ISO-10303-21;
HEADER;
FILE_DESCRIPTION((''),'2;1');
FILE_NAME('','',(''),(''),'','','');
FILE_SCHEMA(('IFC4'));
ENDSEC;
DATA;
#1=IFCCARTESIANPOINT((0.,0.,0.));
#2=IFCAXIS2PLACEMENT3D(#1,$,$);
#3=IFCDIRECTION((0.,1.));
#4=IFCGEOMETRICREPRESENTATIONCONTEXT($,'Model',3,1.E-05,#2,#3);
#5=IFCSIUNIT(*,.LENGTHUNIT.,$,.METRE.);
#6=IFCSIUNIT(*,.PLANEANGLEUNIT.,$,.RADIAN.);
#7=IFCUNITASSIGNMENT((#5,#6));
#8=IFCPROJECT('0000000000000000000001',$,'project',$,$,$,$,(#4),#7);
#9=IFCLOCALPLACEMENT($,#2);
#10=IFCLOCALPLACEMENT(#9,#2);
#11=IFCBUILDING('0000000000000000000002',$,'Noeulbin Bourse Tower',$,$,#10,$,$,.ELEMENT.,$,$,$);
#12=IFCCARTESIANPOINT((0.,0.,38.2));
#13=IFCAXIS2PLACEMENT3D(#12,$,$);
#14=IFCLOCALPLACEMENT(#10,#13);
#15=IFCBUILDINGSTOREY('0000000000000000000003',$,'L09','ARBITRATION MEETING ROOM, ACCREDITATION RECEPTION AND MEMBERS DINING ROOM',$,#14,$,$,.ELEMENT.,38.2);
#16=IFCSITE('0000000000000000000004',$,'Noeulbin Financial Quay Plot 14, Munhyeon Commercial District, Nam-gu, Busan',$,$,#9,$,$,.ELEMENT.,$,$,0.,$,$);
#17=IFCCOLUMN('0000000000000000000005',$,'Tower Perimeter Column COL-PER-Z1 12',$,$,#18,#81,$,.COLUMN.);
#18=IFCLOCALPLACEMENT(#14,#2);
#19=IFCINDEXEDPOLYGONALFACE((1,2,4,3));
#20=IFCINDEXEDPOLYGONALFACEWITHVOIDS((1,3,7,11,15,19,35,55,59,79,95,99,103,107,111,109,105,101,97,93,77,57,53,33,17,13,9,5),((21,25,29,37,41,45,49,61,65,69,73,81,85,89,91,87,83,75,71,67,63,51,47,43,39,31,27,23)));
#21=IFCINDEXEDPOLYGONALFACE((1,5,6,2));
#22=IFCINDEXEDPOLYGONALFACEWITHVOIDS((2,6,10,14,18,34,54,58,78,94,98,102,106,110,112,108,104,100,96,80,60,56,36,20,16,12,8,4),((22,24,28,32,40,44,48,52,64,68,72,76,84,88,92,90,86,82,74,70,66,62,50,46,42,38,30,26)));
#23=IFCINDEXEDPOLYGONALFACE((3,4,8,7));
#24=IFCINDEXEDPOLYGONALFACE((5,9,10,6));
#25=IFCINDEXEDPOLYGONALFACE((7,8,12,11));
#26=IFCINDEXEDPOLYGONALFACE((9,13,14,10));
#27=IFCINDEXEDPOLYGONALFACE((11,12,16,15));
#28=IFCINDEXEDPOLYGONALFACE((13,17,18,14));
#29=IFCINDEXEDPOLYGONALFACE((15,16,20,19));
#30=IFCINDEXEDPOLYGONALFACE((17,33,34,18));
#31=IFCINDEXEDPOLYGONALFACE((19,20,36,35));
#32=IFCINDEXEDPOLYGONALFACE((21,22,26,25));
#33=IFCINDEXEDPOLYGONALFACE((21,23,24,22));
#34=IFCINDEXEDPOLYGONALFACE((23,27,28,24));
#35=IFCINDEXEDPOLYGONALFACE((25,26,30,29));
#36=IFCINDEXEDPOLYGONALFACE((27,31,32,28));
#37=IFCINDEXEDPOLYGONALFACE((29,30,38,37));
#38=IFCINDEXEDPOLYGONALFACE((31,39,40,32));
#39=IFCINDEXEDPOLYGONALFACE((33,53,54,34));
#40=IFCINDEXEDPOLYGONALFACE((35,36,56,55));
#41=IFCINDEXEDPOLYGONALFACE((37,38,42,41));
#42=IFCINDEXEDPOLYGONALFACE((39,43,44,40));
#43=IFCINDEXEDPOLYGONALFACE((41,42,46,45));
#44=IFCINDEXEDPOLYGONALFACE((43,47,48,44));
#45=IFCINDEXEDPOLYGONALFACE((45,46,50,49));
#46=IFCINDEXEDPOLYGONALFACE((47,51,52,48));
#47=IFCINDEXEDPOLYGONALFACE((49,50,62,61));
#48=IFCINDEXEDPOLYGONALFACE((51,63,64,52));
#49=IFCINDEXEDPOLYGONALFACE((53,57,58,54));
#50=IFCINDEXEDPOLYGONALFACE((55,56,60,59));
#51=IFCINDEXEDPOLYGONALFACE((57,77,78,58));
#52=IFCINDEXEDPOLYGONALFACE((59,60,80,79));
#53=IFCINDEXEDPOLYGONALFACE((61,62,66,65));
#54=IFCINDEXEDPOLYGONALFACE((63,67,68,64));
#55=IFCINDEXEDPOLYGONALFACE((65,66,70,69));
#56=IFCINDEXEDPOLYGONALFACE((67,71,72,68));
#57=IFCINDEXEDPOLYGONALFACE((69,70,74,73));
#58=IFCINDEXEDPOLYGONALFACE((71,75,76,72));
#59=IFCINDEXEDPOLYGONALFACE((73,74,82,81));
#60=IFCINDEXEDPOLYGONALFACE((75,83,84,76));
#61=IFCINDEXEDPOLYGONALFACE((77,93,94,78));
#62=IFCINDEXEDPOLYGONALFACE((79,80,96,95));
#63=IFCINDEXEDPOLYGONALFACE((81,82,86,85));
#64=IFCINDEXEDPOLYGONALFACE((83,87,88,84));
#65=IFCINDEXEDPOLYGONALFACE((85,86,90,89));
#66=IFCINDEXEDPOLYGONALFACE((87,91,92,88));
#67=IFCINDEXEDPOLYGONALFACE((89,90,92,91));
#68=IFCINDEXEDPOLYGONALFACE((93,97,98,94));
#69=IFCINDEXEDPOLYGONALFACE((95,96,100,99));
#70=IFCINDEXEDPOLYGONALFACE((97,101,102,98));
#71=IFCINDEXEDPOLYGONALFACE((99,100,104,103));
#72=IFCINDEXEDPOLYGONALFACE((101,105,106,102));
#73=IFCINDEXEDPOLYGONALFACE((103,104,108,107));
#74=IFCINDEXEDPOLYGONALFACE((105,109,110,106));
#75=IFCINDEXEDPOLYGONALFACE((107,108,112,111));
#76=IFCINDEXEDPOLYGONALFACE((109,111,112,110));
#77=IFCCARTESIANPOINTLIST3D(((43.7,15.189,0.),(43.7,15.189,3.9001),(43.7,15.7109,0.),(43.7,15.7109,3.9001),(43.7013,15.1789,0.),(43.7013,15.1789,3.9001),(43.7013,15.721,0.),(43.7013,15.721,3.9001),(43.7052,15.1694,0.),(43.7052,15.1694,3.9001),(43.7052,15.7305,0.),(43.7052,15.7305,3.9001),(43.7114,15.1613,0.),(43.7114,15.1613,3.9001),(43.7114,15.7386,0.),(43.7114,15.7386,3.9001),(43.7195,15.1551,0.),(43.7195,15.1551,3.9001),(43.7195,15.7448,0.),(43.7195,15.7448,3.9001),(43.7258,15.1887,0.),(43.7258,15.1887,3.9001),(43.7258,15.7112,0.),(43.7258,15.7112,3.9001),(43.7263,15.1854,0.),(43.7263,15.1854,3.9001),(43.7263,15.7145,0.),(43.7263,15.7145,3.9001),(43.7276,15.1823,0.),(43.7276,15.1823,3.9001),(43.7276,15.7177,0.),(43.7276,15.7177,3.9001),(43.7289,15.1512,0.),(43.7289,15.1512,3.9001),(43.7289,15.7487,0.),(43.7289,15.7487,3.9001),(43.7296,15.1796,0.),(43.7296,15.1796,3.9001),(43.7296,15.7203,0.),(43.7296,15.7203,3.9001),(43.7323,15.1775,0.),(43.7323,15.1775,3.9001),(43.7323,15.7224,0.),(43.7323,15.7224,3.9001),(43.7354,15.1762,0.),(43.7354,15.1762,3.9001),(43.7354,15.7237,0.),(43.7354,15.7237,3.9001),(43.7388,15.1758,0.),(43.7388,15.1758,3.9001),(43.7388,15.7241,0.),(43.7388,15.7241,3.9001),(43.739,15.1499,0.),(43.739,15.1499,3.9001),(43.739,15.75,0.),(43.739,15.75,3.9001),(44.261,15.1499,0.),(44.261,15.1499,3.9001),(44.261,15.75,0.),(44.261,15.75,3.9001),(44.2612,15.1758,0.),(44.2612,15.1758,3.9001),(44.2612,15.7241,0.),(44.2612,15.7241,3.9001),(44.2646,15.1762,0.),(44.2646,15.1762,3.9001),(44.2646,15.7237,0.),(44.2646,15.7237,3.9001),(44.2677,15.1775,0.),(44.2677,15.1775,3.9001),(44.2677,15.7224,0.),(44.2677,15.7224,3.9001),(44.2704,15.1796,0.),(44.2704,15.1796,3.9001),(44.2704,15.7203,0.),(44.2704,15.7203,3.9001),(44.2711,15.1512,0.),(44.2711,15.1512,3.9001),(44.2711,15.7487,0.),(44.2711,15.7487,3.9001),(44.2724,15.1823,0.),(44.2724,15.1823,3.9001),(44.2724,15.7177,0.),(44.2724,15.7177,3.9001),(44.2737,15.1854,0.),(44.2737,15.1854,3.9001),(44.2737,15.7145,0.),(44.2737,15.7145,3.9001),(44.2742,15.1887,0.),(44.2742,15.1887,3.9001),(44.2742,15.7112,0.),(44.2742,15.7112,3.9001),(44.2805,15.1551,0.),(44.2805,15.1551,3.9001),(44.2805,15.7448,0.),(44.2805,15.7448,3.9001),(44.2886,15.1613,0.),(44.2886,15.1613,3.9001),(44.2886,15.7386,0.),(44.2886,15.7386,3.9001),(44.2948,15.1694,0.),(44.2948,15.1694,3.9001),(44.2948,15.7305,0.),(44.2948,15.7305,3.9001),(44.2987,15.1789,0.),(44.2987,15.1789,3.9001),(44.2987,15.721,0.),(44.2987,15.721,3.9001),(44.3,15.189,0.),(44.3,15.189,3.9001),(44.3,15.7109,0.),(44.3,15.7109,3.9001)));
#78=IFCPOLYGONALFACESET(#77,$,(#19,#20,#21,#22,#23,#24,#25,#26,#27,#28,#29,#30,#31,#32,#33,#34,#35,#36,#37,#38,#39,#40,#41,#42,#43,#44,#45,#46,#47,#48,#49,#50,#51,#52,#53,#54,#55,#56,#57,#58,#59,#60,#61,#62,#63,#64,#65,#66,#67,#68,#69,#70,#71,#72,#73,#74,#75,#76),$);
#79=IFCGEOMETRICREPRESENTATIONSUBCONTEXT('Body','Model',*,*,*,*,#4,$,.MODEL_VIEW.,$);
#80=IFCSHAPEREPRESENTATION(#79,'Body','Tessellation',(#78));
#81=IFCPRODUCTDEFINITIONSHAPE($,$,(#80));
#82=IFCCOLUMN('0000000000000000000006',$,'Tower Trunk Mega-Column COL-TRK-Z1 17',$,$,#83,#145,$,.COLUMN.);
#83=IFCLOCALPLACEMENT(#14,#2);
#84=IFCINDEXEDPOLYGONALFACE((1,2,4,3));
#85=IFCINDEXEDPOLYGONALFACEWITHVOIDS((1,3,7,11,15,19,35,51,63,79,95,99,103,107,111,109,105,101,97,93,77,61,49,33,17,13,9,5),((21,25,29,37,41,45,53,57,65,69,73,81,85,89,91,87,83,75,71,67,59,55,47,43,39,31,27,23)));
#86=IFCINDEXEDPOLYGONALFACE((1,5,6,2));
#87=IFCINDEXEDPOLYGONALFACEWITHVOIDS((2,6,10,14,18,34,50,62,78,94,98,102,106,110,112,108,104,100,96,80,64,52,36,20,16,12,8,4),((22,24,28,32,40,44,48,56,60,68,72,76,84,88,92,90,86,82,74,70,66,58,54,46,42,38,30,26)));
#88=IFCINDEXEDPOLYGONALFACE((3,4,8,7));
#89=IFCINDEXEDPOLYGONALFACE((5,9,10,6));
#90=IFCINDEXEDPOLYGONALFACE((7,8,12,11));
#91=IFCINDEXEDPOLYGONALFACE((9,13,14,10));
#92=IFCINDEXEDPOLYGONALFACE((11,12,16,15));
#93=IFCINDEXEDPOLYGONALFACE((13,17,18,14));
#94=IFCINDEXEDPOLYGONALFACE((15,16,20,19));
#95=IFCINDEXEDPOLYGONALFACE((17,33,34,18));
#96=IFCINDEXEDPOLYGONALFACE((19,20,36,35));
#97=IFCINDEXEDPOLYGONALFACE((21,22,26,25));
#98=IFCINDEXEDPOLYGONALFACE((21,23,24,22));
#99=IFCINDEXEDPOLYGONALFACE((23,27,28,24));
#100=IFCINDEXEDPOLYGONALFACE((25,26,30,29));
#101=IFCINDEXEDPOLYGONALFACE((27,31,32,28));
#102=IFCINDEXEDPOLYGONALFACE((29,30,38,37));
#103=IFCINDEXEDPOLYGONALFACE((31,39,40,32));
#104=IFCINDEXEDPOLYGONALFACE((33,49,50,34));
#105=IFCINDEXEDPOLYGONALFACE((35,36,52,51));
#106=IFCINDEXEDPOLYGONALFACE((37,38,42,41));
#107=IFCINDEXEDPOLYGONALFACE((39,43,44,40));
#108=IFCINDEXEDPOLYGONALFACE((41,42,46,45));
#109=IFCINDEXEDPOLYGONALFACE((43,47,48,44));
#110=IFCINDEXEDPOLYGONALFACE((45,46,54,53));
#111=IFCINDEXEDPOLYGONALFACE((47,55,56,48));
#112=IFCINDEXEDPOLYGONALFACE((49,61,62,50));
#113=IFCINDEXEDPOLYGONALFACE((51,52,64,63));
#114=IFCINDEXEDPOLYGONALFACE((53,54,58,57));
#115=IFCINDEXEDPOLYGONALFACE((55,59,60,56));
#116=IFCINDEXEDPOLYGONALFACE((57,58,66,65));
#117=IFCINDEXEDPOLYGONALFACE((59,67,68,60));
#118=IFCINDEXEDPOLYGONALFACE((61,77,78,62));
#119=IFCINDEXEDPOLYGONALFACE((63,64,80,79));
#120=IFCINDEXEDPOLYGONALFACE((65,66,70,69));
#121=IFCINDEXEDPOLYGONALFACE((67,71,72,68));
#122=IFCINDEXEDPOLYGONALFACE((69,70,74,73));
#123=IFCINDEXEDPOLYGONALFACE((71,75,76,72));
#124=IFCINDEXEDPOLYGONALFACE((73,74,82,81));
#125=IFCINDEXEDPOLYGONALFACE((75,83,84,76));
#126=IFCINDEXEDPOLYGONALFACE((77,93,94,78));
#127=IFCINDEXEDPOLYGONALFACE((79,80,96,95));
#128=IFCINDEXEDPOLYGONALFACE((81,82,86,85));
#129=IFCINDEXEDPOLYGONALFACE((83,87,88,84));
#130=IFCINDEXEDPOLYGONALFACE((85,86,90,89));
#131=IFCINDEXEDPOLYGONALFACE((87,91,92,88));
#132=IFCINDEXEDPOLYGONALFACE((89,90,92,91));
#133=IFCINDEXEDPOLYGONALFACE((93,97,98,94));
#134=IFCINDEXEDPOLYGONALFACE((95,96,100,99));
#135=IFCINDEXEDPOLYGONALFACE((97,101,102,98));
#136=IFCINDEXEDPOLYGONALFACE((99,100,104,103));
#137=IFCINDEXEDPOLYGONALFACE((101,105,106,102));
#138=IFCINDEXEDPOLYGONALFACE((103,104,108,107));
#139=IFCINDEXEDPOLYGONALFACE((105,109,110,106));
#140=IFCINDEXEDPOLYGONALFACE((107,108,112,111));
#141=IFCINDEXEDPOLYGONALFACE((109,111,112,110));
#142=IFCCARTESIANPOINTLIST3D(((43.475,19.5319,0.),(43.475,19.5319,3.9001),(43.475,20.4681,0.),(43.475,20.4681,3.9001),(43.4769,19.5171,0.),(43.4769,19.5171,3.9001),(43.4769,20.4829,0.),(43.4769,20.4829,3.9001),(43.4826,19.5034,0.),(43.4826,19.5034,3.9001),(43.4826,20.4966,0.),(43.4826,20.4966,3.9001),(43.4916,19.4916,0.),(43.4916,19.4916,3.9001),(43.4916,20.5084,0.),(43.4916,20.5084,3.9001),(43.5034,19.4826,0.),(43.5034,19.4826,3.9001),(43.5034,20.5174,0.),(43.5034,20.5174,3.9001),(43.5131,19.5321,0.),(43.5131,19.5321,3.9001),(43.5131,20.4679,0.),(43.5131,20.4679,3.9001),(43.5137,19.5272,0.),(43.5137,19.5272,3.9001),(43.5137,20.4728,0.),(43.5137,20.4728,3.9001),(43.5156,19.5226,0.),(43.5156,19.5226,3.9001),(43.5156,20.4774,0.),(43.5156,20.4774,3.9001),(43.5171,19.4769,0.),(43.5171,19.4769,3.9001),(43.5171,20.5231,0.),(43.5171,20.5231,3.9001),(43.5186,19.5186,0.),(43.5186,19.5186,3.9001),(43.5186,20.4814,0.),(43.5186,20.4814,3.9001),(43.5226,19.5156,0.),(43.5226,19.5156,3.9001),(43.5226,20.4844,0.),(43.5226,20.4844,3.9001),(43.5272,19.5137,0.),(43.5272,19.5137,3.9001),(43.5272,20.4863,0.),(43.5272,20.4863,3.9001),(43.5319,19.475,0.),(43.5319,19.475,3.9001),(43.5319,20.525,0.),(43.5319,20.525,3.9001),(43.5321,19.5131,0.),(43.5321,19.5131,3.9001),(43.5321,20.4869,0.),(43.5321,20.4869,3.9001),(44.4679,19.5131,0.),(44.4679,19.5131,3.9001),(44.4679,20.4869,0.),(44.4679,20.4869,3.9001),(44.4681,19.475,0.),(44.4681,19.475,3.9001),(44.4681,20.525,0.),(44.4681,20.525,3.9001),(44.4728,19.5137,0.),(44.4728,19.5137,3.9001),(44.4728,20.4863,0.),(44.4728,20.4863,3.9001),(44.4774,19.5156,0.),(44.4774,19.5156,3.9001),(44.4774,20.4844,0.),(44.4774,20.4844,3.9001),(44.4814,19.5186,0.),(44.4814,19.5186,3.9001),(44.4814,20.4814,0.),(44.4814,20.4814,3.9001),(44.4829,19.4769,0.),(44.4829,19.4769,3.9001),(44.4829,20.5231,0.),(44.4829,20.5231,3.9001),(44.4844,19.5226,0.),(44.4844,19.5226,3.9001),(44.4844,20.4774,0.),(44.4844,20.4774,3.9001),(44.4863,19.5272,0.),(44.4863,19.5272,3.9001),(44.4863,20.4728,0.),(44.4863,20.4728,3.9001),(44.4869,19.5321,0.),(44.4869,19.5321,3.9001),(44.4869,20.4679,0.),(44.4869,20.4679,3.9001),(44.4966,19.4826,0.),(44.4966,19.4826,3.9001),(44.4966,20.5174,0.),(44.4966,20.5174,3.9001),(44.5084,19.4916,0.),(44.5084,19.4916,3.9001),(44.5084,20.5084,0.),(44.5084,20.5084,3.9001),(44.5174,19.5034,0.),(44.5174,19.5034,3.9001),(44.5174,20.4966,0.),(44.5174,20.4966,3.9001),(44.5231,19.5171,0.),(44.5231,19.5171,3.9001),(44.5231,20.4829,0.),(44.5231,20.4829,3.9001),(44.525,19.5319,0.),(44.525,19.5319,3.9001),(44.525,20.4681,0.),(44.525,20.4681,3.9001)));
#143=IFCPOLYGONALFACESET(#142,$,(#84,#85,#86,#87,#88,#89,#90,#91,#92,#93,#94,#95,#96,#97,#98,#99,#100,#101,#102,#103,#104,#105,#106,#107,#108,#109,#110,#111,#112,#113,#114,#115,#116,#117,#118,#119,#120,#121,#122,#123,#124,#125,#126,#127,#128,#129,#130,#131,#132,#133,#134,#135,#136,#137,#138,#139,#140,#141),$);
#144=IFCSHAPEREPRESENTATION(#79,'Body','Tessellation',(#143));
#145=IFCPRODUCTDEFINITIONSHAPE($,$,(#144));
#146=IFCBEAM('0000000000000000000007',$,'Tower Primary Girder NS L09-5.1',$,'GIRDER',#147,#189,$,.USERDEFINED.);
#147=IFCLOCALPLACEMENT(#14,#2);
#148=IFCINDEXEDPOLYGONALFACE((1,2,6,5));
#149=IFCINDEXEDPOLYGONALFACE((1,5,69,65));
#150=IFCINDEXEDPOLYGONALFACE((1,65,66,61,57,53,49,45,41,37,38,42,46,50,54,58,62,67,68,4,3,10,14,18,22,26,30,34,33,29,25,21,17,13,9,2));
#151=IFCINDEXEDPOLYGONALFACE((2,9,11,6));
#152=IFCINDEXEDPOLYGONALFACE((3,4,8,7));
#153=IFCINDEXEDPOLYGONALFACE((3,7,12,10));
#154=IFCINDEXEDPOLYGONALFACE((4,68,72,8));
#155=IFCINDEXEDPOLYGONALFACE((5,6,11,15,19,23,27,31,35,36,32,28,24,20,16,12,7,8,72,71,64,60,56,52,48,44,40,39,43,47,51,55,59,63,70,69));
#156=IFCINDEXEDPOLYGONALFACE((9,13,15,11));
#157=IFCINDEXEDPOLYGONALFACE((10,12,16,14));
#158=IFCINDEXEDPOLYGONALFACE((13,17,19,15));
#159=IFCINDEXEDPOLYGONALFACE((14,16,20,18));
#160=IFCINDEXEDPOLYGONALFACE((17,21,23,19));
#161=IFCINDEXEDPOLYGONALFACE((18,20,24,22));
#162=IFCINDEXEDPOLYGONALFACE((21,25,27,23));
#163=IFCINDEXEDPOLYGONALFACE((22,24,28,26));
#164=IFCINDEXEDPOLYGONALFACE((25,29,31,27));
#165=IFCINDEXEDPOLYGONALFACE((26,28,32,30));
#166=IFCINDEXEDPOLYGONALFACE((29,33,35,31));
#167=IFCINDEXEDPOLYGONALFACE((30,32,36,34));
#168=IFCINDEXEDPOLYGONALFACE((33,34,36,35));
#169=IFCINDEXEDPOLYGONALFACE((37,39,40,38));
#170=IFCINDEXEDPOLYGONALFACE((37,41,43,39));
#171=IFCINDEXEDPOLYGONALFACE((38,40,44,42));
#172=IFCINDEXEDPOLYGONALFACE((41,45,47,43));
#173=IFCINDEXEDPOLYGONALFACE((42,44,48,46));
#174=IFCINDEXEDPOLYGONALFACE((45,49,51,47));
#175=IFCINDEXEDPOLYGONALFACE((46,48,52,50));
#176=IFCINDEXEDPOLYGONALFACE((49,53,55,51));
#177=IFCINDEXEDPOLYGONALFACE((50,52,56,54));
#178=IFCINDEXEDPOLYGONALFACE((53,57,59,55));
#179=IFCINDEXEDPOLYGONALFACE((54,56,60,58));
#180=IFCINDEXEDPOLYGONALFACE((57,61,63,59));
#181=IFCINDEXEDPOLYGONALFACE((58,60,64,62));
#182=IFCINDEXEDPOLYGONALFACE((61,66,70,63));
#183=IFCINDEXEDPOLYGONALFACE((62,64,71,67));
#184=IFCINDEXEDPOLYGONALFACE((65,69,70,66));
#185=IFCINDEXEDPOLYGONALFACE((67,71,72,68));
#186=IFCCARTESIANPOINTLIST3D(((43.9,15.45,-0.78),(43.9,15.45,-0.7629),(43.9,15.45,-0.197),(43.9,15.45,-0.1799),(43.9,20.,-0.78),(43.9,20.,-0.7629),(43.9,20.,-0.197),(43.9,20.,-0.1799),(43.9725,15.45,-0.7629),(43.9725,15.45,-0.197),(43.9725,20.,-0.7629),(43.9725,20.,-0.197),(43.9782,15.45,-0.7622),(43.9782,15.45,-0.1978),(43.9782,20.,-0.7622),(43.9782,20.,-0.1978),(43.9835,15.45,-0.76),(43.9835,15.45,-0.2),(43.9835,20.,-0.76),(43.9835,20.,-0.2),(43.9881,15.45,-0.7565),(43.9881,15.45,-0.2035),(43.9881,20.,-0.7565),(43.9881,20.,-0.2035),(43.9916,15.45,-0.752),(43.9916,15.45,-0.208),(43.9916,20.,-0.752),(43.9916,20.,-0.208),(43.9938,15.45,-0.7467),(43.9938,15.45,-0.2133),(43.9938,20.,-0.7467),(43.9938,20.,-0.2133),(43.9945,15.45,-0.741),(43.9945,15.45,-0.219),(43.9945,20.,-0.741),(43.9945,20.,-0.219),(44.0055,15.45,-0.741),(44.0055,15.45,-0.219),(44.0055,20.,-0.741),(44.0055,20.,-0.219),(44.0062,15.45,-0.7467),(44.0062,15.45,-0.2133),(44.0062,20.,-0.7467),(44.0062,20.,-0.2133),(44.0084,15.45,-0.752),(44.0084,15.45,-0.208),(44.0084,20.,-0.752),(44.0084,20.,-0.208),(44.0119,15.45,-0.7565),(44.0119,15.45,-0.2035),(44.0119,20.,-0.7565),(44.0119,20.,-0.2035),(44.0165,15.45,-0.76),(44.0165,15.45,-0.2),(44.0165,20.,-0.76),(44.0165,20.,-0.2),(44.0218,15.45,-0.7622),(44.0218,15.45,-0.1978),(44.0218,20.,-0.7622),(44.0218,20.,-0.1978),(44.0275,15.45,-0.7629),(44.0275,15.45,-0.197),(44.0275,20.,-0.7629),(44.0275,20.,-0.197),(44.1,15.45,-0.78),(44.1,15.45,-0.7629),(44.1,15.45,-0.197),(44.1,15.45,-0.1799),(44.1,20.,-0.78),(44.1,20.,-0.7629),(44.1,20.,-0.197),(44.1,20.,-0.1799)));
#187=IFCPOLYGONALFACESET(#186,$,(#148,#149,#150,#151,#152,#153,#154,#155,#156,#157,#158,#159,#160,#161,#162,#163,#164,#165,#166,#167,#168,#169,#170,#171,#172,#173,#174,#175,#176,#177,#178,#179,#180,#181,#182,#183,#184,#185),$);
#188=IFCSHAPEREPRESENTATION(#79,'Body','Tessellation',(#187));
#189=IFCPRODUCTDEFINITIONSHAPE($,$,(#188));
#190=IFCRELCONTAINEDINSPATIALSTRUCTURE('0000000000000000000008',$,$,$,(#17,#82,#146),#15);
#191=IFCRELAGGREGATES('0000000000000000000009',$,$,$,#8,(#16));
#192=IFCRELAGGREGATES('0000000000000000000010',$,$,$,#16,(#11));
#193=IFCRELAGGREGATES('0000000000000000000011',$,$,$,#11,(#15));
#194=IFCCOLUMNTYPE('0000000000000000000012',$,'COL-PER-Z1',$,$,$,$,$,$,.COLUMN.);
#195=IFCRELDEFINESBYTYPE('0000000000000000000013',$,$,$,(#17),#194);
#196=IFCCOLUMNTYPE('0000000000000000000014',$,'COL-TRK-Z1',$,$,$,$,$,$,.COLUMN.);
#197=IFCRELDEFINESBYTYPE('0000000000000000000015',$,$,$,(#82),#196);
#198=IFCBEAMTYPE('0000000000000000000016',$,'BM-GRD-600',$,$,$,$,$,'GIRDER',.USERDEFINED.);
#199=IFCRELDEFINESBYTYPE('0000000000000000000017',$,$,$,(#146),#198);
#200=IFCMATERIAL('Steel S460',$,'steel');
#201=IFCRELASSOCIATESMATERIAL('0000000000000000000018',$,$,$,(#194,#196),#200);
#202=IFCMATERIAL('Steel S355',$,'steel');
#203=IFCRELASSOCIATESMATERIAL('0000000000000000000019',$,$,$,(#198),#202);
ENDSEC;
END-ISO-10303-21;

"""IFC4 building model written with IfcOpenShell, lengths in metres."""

from ifc_helpers import new_model, si_unit, direction, frame, origin, origin_2d, place, context, subcontext, project, spatial, hollow_rectangle, i_section, extrude, material, material_profile, profile_set, type_object, element, save


model = new_model("IFC4")

# Units and contexts
model_context = context("Model", 3, precision=1e-05, world=origin(), true_north=direction((0.0, 1.0)))
body_context = subcontext(model_context, "Body", "Model", "MODEL_VIEW")
ifc_project = project(units=[si_unit("LENGTHUNIT", "METRE"), si_unit("PLANEANGLEUNIT", "RADIAN")], contexts=[model_context])

# Site, building, storey
site_placement = place(None, origin())
site = spatial("IfcSite", under=ifc_project, at=site_placement, Name="Noeulbin Financial Quay Plot 14, Munhyeon Commercial District, Nam-gu, Busan", CompositionType="ELEMENT", RefElevation=0.0)
building_placement = place(site_placement, origin())
building = spatial("IfcBuilding", under=site, at=building_placement, Name="Noeulbin Bourse Tower", CompositionType="ELEMENT")
storey_placement = place(building_placement, frame((0.0, 0.0, 38.2)))
storey = spatial("IfcBuildingStorey", under=building, at=storey_placement, Name="L09", Description="ARBITRATION MEETING ROOM, ACCREDITATION RECEPTION AND MEMBERS DINING ROOM", CompositionType="ELEMENT", Elevation=38.2)

# Columns
ifc_material_1 = material(Name="Steel S460", Category="steel")
ifc_material_profile_1 = material_profile(ifc_material_1, hollow_rectangle(XDim=0.6001, YDim=0.6001, WallThickness=0.0259, InnerFilletRadius=0.0129, OuterFilletRadius=0.0391, at=origin_2d()), Name="BOX-600x600x26", Category="LoadBearing")
ifc_profile_set_1 = profile_set([ifc_material_profile_1], Name="Steel S460")
column_type_1 = type_object("IfcColumnType", Name="COL-PER-Z1", PredefinedType="COLUMN", material=ifc_profile_set_1)
column_1_placement = place(storey_placement, frame((44.0, 15.45, 0.0), z_axis=(0.0, 0.0, 1.0), x_axis=(1.0, 0.0, 0.0)))
element("IfcColumn", 1, at=column_1_placement, inside=storey, type_object=column_type_1, Name="Tower Perimeter Column COL-PER-Z1 12", PredefinedType="COLUMN", context=body_context, shape_type="SweptSolid", body=[
    extrude(hollow_rectangle(XDim=0.6001, YDim=0.6001, WallThickness=0.0259, InnerFilletRadius=0.0129, OuterFilletRadius=0.0391, at=origin_2d()), origin(), (0.0, 0.0, 1.0), 3.9001),
])
ifc_material_profile_2 = material_profile(ifc_material_1, hollow_rectangle(XDim=1.05, YDim=1.05, WallThickness=0.0381, InnerFilletRadius=0.019, OuterFilletRadius=0.0569, at=origin_2d()), Name="BOX-1050x1050x38", Category="LoadBearing")
ifc_profile_set_2 = profile_set([ifc_material_profile_2], Name="Steel S460")
column_type_2 = type_object("IfcColumnType", Name="COL-TRK-Z1", PredefinedType="COLUMN", material=ifc_profile_set_2)
column_2_placement = place(storey_placement, frame((44.0, 20.0, 0.0), z_axis=(0.0, 0.0, 1.0), x_axis=(1.0, 0.0, 0.0)))
element("IfcColumn", 2, at=column_2_placement, inside=storey, type_object=column_type_2, Name="Tower Trunk Mega-Column COL-TRK-Z1 17", PredefinedType="COLUMN", context=body_context, shape_type="SweptSolid", body=[
    extrude(hollow_rectangle(XDim=1.05, YDim=1.05, WallThickness=0.0381, InnerFilletRadius=0.019, OuterFilletRadius=0.0569, at=origin_2d()), origin(), (0.0, 0.0, 1.0), 3.9001),
])

# Beam
ifc_material_2 = material(Name="Steel S355", Category="steel")
ifc_material_profile_3 = material_profile(ifc_material_2, i_section(OverallWidth=0.2, OverallDepth=0.6001, WebThickness=0.011, FlangeThickness=0.0171, FilletRadius=0.022, at=origin_2d()), Name="H-600x200x11x17", Category="LoadBearing")
ifc_profile_set_3 = profile_set([ifc_material_profile_3], Name="Steel S355")
beam_type_1 = type_object("IfcBeamType", Name="BM-GRD-600", ElementType="GIRDER", PredefinedType="USERDEFINED", material=ifc_profile_set_3)
beam_1_placement = place(storey_placement, frame((44.0, 15.45, -0.48), z_axis=(0.0, 1.0, 0.0), x_axis=(-1.0, 0.0, 0.0)))
element("IfcBeam", 3, at=beam_1_placement, inside=storey, type_object=beam_type_1, Name="Tower Primary Girder NS L09-5.1", ObjectType="GIRDER", PredefinedType="USERDEFINED", context=body_context, shape_type="SweptSolid", body=[
    extrude(i_section(OverallWidth=0.2, OverallDepth=0.6001, WebThickness=0.011, FlangeThickness=0.0171, FilletRadius=0.022, at=origin_2d()), origin(), (0.0, 0.0, 1.0), 4.55),
])

save(model, "model.ifc")
